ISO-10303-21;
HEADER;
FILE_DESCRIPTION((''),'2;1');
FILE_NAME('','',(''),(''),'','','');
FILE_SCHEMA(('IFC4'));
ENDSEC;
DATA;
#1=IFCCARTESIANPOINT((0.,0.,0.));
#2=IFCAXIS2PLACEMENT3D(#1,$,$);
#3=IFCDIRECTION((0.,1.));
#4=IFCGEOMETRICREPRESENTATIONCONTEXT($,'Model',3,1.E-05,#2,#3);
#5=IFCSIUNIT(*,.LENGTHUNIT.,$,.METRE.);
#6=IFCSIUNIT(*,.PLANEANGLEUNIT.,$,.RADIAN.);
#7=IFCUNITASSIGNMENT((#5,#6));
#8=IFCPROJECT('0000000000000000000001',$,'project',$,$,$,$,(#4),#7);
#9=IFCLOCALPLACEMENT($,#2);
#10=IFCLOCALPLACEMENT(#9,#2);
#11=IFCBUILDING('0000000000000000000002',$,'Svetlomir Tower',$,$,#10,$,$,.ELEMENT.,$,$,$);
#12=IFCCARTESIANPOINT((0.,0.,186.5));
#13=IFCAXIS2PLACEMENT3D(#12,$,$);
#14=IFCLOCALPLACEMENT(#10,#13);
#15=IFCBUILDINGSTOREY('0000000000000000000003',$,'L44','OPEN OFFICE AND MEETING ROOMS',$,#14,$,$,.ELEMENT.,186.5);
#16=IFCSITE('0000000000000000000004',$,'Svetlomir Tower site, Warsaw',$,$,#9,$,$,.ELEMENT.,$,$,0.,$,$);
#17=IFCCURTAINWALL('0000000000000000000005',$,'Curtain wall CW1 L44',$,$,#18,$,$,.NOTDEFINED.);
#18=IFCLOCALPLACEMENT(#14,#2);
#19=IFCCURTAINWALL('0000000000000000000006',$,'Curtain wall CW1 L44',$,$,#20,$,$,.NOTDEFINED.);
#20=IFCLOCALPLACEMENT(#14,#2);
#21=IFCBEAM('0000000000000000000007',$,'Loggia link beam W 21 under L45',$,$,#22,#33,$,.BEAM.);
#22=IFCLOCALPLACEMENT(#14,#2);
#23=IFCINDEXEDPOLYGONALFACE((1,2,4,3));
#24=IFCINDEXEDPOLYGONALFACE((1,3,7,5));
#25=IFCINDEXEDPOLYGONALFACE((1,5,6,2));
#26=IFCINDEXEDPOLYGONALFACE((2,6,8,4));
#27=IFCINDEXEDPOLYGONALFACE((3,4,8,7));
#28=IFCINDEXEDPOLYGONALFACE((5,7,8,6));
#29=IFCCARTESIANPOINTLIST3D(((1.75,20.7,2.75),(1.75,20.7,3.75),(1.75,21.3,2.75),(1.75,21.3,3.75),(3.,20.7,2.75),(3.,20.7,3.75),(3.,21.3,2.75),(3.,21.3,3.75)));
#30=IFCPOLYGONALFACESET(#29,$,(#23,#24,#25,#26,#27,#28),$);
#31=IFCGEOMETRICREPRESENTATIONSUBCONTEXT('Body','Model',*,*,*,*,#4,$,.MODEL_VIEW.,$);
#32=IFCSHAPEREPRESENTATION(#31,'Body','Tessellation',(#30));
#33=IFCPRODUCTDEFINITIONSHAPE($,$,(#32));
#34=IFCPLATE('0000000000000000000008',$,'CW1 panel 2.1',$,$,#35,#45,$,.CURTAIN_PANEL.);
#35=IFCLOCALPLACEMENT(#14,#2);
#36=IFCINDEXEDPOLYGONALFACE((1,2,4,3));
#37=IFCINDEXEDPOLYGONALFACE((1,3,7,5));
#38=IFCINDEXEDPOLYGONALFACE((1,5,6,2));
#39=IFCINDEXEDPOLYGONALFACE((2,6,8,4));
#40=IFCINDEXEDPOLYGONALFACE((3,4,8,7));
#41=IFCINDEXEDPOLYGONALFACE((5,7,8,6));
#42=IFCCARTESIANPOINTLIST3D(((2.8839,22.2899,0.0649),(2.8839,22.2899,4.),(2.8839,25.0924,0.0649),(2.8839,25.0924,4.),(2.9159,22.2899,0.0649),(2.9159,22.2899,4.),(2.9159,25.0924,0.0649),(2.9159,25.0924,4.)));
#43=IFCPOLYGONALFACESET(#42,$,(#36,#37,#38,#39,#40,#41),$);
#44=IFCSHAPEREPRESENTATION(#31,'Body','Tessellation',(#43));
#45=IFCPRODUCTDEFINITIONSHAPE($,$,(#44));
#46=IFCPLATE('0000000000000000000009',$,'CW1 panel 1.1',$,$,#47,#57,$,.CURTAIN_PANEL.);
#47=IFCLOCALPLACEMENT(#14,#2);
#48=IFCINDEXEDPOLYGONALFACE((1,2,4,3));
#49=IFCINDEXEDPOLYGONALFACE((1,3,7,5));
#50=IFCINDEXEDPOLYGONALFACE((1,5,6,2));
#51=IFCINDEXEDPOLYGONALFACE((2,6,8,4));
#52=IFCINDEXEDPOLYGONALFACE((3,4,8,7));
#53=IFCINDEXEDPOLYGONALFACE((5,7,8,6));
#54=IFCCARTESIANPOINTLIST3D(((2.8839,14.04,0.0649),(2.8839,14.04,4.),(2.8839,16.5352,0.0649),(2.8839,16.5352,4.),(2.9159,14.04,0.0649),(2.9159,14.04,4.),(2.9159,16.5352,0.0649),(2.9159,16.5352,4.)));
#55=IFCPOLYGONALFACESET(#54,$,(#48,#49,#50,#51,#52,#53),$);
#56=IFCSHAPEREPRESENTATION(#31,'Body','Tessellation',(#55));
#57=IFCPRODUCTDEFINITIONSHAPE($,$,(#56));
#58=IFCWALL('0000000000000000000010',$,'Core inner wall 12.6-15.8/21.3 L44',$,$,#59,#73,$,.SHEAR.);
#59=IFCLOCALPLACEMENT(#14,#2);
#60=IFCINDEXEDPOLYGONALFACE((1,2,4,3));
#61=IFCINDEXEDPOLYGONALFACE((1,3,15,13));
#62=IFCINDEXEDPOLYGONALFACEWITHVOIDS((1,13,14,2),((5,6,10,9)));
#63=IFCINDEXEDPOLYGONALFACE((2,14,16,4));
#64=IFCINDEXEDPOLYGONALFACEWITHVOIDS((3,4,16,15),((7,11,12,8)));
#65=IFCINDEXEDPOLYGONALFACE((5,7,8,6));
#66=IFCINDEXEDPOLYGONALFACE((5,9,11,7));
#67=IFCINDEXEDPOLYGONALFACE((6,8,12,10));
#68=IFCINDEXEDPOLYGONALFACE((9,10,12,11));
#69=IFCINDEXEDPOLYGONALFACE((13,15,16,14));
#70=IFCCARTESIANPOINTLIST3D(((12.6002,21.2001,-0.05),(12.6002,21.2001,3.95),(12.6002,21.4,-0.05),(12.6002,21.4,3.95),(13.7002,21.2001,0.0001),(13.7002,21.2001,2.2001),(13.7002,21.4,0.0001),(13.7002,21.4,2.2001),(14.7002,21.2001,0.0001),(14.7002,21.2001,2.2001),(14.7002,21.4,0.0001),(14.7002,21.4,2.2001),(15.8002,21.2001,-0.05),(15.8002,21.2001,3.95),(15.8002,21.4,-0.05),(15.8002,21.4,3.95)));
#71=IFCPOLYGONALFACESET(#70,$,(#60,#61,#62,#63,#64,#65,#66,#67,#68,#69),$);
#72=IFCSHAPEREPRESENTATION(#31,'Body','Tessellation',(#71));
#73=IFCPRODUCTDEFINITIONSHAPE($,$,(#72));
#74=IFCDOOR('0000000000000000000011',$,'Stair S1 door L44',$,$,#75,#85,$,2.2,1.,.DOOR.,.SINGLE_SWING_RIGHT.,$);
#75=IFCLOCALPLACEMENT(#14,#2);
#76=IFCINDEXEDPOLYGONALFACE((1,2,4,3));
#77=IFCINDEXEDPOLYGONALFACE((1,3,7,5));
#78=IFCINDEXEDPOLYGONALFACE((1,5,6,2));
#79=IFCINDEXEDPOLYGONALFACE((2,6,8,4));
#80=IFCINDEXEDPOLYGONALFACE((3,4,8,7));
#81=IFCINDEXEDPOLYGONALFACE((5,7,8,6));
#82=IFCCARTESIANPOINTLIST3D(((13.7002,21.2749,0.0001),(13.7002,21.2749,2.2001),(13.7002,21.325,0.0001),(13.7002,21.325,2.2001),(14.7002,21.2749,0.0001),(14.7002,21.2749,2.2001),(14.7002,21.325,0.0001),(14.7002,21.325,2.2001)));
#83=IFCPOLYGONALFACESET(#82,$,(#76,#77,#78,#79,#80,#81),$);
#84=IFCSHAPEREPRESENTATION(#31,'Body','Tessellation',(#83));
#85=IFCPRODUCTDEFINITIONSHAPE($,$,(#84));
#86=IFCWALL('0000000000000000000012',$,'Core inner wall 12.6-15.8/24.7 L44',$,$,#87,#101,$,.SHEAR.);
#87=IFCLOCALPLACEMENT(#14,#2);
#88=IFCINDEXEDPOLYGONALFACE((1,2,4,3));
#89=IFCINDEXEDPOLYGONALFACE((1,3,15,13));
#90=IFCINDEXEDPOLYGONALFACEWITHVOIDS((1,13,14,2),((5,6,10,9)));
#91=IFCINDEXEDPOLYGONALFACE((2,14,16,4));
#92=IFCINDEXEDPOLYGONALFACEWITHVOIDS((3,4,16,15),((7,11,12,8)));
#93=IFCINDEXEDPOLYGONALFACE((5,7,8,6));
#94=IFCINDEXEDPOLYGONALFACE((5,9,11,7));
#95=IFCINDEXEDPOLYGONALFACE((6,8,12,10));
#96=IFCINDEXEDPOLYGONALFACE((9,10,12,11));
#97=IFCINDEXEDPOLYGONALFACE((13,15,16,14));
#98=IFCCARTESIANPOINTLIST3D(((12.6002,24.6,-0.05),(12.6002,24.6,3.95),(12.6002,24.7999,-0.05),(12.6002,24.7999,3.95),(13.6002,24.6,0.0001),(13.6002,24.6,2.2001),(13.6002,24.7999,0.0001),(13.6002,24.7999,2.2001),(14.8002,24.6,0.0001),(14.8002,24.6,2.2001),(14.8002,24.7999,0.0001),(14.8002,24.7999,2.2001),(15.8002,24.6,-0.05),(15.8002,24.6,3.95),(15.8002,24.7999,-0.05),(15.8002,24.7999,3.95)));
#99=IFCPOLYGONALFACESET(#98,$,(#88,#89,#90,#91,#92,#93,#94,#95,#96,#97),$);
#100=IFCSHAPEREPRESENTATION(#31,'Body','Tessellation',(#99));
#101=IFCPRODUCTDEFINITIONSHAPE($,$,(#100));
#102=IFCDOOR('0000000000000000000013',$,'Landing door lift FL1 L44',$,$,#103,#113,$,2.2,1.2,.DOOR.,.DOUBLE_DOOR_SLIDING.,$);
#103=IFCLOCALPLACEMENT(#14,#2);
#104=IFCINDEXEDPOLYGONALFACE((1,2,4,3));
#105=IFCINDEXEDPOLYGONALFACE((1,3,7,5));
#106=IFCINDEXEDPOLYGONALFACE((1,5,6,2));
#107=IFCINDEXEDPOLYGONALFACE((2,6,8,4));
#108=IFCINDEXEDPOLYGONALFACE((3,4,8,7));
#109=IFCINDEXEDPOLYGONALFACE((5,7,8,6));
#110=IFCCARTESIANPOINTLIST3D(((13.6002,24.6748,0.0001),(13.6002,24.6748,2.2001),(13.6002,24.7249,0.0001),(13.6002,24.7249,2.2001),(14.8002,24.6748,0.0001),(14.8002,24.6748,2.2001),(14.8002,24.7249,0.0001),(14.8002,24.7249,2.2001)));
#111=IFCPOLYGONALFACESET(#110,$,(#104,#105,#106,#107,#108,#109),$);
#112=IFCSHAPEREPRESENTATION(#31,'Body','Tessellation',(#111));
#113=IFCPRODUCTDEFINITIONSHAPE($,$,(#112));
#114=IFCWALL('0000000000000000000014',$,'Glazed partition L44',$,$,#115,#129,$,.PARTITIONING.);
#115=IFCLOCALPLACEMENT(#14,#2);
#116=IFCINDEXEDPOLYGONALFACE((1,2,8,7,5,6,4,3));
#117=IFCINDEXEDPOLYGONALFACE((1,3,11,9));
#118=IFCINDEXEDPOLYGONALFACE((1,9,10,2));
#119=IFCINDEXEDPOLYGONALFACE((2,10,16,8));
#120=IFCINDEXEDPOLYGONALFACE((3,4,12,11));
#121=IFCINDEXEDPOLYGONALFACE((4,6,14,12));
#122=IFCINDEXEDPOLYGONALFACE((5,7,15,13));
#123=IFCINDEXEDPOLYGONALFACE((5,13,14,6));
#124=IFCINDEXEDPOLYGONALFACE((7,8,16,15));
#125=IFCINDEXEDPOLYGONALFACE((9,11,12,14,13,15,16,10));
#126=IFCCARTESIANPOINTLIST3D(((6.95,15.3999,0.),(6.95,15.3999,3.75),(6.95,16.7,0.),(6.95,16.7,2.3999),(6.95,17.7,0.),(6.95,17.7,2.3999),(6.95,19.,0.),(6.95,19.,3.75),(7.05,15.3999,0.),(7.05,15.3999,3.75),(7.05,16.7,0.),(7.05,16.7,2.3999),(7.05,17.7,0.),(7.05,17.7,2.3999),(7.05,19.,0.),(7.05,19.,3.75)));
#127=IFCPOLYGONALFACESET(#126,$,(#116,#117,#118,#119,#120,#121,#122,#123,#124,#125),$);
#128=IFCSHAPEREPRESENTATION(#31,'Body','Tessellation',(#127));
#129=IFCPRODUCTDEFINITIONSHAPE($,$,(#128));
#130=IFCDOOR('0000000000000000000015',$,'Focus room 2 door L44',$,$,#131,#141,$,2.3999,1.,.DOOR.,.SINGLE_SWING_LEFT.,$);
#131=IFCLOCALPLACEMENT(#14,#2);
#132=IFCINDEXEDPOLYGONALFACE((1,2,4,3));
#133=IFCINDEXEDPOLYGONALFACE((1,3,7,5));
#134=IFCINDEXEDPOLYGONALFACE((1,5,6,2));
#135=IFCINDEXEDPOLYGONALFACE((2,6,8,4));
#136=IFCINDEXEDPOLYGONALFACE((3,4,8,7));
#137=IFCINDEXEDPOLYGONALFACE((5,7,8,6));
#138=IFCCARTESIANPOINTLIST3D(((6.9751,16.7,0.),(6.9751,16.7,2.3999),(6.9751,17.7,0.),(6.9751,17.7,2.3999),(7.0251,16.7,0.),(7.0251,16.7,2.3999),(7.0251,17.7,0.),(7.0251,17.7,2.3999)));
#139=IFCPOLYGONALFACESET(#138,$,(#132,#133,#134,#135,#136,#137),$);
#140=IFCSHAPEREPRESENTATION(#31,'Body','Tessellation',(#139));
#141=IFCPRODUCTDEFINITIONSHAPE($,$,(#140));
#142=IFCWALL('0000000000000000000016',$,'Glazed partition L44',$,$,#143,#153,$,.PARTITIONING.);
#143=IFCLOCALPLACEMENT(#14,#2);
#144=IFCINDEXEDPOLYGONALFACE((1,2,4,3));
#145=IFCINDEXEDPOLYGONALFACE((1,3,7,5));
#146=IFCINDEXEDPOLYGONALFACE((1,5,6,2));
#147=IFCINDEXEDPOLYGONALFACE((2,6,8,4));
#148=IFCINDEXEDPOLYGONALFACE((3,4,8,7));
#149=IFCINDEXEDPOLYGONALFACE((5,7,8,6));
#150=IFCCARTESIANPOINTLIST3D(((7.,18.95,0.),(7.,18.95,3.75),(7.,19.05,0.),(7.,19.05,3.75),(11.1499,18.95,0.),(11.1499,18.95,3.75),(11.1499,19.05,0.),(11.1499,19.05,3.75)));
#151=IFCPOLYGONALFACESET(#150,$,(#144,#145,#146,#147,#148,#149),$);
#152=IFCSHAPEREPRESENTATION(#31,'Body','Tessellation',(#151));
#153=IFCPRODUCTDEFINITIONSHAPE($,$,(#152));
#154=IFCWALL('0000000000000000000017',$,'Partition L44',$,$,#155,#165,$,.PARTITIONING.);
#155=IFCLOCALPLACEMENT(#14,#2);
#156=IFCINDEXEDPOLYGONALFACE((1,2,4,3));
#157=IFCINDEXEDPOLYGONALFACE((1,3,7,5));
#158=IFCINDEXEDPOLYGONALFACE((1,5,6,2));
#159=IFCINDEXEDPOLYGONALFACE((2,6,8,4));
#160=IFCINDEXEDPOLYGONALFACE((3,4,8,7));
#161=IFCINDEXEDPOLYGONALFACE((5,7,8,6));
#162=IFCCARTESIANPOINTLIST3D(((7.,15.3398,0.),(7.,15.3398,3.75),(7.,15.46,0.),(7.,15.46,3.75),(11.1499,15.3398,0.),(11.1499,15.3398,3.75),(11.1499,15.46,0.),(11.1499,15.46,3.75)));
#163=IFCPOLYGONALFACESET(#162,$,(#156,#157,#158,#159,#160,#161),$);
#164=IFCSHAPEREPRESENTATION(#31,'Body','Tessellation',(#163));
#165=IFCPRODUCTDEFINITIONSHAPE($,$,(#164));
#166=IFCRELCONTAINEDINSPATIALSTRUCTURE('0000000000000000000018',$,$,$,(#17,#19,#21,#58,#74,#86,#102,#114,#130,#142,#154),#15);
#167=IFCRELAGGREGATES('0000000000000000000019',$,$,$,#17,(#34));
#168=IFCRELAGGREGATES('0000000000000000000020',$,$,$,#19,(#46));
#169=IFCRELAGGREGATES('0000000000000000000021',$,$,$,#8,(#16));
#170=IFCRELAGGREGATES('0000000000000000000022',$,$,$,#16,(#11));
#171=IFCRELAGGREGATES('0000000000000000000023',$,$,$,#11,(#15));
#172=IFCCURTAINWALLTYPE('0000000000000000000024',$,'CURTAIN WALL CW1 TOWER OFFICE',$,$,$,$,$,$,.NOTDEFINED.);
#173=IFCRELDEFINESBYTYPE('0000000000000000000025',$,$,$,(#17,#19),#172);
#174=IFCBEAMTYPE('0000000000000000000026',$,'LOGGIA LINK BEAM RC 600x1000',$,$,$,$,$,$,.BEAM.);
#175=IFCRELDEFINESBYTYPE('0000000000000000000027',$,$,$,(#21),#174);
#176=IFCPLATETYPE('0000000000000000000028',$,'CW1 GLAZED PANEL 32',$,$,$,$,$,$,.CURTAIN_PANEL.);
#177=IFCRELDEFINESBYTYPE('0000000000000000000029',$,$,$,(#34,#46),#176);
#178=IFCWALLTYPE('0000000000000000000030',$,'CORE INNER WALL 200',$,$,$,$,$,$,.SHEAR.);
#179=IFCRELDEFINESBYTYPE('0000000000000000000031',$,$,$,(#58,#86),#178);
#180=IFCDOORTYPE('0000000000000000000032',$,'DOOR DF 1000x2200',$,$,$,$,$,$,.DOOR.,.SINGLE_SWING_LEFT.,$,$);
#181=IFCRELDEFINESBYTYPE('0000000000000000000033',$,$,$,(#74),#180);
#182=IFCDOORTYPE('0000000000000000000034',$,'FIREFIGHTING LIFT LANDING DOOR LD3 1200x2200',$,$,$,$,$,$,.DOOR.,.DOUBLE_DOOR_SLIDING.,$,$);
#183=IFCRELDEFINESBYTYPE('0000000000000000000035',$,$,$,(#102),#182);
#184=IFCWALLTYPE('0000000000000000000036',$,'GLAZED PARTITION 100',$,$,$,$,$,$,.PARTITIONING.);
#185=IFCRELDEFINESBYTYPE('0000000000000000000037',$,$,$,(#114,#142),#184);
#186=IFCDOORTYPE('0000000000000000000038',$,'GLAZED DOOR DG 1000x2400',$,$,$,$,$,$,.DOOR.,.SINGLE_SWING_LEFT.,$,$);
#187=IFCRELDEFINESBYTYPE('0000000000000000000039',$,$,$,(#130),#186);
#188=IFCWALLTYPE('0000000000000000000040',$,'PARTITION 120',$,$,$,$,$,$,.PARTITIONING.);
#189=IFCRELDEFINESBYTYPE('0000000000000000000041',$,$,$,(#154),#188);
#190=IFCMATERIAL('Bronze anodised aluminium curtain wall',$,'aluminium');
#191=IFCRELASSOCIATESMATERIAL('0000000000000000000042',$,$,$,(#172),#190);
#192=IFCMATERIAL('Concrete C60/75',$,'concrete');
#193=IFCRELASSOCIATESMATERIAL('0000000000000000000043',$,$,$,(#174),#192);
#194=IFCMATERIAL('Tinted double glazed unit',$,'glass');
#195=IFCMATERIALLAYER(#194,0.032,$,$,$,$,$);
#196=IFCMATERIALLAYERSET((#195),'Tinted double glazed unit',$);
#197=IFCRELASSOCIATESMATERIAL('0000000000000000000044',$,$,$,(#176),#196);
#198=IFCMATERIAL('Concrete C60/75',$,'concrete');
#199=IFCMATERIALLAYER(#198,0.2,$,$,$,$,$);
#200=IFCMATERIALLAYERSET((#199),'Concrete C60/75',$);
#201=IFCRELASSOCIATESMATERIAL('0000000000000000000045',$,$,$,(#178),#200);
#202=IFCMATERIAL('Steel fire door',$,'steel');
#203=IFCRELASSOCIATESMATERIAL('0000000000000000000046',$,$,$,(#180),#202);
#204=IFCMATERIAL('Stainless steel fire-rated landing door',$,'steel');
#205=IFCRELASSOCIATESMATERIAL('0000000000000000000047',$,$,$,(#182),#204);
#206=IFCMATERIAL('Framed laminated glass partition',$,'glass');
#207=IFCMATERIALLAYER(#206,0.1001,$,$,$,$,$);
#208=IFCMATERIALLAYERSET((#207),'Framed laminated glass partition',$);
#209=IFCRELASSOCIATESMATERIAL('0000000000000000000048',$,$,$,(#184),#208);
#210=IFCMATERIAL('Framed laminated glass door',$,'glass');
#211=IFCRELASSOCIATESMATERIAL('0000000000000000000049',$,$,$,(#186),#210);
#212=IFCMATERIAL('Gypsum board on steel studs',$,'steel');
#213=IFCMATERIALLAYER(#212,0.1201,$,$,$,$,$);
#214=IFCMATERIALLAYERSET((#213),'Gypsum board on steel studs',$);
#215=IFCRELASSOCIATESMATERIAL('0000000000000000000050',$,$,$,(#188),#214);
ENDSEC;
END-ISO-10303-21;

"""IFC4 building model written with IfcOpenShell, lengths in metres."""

from ifc_helpers import new_model, si_unit, direction, frame, frame_2d, origin, origin_2d, place, context, subcontext, project, spatial, rectangle, extrude, material, layer, layer_set, material_profile, profile_set, type_object, element, fill, aggregate, save


model = new_model("IFC4")

# Units and contexts
model_context = context("Model", 3, precision=1e-05, world=origin(), true_north=direction((0.0, 1.0)))
body_context = subcontext(model_context, "Body", "Model", "MODEL_VIEW")
ifc_project = project(units=[si_unit("LENGTHUNIT", "METRE"), si_unit("PLANEANGLEUNIT", "RADIAN")], contexts=[model_context])

# Site, building, storey
site_placement = place(None, origin())
site = spatial("IfcSite", under=ifc_project, at=site_placement, Name="Svetlomir Tower site, Warsaw", CompositionType="ELEMENT", RefElevation=0.0)
building_placement = place(site_placement, origin())
building = spatial("IfcBuilding", under=site, at=building_placement, Name="Svetlomir Tower", CompositionType="ELEMENT")
storey_placement = place(building_placement, frame((0.0, 0.0, 186.5)))
storey = spatial("IfcBuildingStorey", under=building, at=storey_placement, Name="L44", Description="OPEN OFFICE AND MEETING ROOMS", CompositionType="ELEMENT", Elevation=186.5)

# Curtain wall
ifc_material_1 = material(Name="Bronze anodised aluminium curtain wall", Category="aluminium")
curtain_wall_type = type_object("IfcCurtainWallType", Name="CURTAIN WALL CW1 TOWER OFFICE", PredefinedType="NOTDEFINED", material=ifc_material_1)
curtain_wall_1_placement = place(storey_placement, origin())
curtain_wall_1 = element("IfcCurtainWall", 1, at=curtain_wall_1_placement, inside=storey, type_object=curtain_wall_type, Name="Curtain wall CW1 L44", PredefinedType="NOTDEFINED")

# Curtain wall
curtain_wall_2_placement = place(storey_placement, origin())
curtain_wall_2 = element("IfcCurtainWall", 2, at=curtain_wall_2_placement, inside=storey, type_object=curtain_wall_type, Name="Curtain wall CW1 L44", PredefinedType="NOTDEFINED")

# Beam
ifc_material_2 = material(Name="Concrete C60/75", Category="concrete")
ifc_material_profile_1 = material_profile(ifc_material_2, rectangle(XDim=0.6001, YDim=1.0, at=origin_2d()), Name="RC 600x1000")
ifc_profile_set_1 = profile_set([ifc_material_profile_1], Name="Concrete C60/75")
beam_type_1 = type_object("IfcBeamType", Name="LOGGIA LINK BEAM RC 600x1000", PredefinedType="BEAM", material=ifc_profile_set_1)
beam_1_placement = place(storey_placement, frame((1.75, 21.0, 3.25), z_axis=(1.0, 0.0, 0.0), x_axis=(0.0, 1.0, 0.0)))
element("IfcBeam", 3, at=beam_1_placement, inside=storey, type_object=beam_type_1, Name="Loggia link beam W 21 under L45", PredefinedType="BEAM", context=body_context, shape_type="SweptSolid", body=[
    extrude(rectangle(XDim=0.6001, YDim=1.0, at=origin_2d()), origin(), (0.0, 0.0, 1.0), 1.25),
])

# Plates
ifc_material_3 = material(Name="Tinted double glazed unit", Category="glass")
ifc_layer_1 = layer(ifc_material_3, 0.032)
ifc_layer_set_1 = layer_set([ifc_layer_1], Name="Tinted double glazed unit")
plate_type = type_object("IfcPlateType", Name="CW1 GLAZED PANEL 32", PredefinedType="CURTAIN_PANEL", material=ifc_layer_set_1)
plate_1_placement = place(storey_placement, frame((2.8999, 23.6912, 0.0649), z_axis=(0.0, 0.0, 1.0), x_axis=(0.0, -1.0, 0.0)))
plate_1 = element("IfcPlate", 4, at=plate_1_placement, type_object=plate_type, Name="CW1 panel 2.1", PredefinedType="CURTAIN_PANEL", context=body_context, shape_type="SweptSolid", body=[
    extrude(rectangle(XDim=2.8025, YDim=0.032, at=origin_2d()), origin(), (0.0, 0.0, 1.0), 3.9351),
])
aggregate(curtain_wall_1, [plate_1])
plate_2_placement = place(storey_placement, frame((2.8999, 15.2876, 0.0649), z_axis=(0.0, 0.0, 1.0), x_axis=(0.0, -1.0, 0.0)))
plate_2 = element("IfcPlate", 5, at=plate_2_placement, type_object=plate_type, Name="CW1 panel 1.1", PredefinedType="CURTAIN_PANEL", context=body_context, shape_type="SweptSolid", body=[
    extrude(rectangle(XDim=2.4951, YDim=0.032, at=origin_2d()), origin(), (0.0, 0.0, 1.0), 3.9351),
])
aggregate(curtain_wall_2, [plate_2])

# Walls, openings, doors
ifc_material_4 = material(Name="Concrete C60/75", Category="concrete")
ifc_layer_2 = layer(ifc_material_4, 0.2)
ifc_layer_set_2 = layer_set([ifc_layer_2], Name="Concrete C60/75")
wall_type_1 = type_object("IfcWallType", Name="CORE INNER WALL 200", PredefinedType="SHEAR", material=ifc_layer_set_2)
wall_1_placement = place(storey_placement, frame((12.6001, 21.3, -0.05), z_axis=(0.0, 0.0, 1.0), x_axis=(1.0, 0.0, 0.0)))
wall_1 = element("IfcWall", 6, at=wall_1_placement, inside=storey, type_object=wall_type_1, Name="Core inner wall 12.6-15.8/21.3 L44", PredefinedType="SHEAR", context=body_context, shape_type="SweptSolid", body=[
    extrude(rectangle(XDim=3.2, YDim=0.2, at=frame_2d((1.6001, 0.0))), origin(), (0.0, 0.0, 1.0), 4.0),
])
opening_1_placement = place(wall_1_placement, frame((1.1001, 0.0, 0.05)))
opening_1 = element("IfcOpeningElement", 7, at=opening_1_placement, cuts=wall_1, PredefinedType="OPENING", context=body_context, shape_type="SweptSolid", body=[
    extrude(rectangle(XDim=1.0, YDim=2.2, at=frame_2d((0.5, 1.1001))), frame((0.0, 0.1099, 0.0), z_axis=(0.0, -1.0, 0.0), x_axis=(1.0, 0.0, 0.0)), (0.0, 0.0, 1.0), 0.22),
])
ifc_material_5 = material(Name="Steel fire door", Category="steel")
door_type_1 = type_object("IfcDoorType", Name="DOOR DF 1000x2200", OperationType="SINGLE_SWING_LEFT", PredefinedType="DOOR", material=ifc_material_5)
door_1_placement = place(opening_1_placement, origin())
door_1 = element("IfcDoor", 8, at=door_1_placement, inside=storey, type_object=door_type_1, Name="Stair S1 door L44", OperationType="SINGLE_SWING_RIGHT", OverallHeight=2.2, OverallWidth=1.0, PredefinedType="DOOR", context=body_context, shape_type="SweptSolid", body=[
    extrude(rectangle(XDim=1.0, YDim=2.2, at=frame_2d((0.5, 1.1001))), frame((0.0, 0.0249, 0.0), z_axis=(0.0, -1.0, 0.0), x_axis=(1.0, 0.0, 0.0)), (0.0, 0.0, 1.0), 0.05),
])
fill(opening_1, door_1)
wall_2_placement = place(storey_placement, frame((12.6001, 24.7, -0.05), z_axis=(0.0, 0.0, 1.0), x_axis=(1.0, 0.0, 0.0)))
wall_2 = element("IfcWall", 9, at=wall_2_placement, inside=storey, type_object=wall_type_1, Name="Core inner wall 12.6-15.8/24.7 L44", PredefinedType="SHEAR", context=body_context, shape_type="SweptSolid", body=[
    extrude(rectangle(XDim=3.2, YDim=0.2, at=frame_2d((1.6001, 0.0))), origin(), (0.0, 0.0, 1.0), 4.0),
])
opening_2_placement = place(wall_2_placement, frame((1.0, 0.0, 0.05)))
opening_2 = element("IfcOpeningElement", 10, at=opening_2_placement, cuts=wall_2, PredefinedType="OPENING", context=body_context, shape_type="SweptSolid", body=[
    extrude(rectangle(XDim=1.2, YDim=2.2, at=frame_2d((0.6001, 1.1001))), frame((0.0, 0.1099, 0.0), z_axis=(0.0, -1.0, 0.0), x_axis=(1.0, 0.0, 0.0)), (0.0, 0.0, 1.0), 0.22),
])
ifc_material_6 = material(Name="Stainless steel fire-rated landing door", Category="steel")
door_type_2 = type_object("IfcDoorType", Name="FIREFIGHTING LIFT LANDING DOOR LD3 1200x2200", OperationType="DOUBLE_DOOR_SLIDING", PredefinedType="DOOR", material=ifc_material_6)
door_2_placement = place(opening_2_placement, origin())
door_2 = element("IfcDoor", 11, at=door_2_placement, inside=storey, type_object=door_type_2, Name="Landing door lift FL1 L44", OperationType="DOUBLE_DOOR_SLIDING", OverallHeight=2.2, OverallWidth=1.2, PredefinedType="DOOR", context=body_context, shape_type="SweptSolid", body=[
    extrude(rectangle(XDim=1.2, YDim=2.2, at=frame_2d((0.6001, 1.1001))), frame((0.0, 0.0249, 0.0), z_axis=(0.0, -1.0, 0.0), x_axis=(1.0, 0.0, 0.0)), (0.0, 0.0, 1.0), 0.05),
])
fill(opening_2, door_2)
ifc_material_7 = material(Name="Framed laminated glass partition", Category="glass")
ifc_layer_3 = layer(ifc_material_7, 0.1001)
ifc_layer_set_3 = layer_set([ifc_layer_3], Name="Framed laminated glass partition")
wall_type_2 = type_object("IfcWallType", Name="GLAZED PARTITION 100", PredefinedType="PARTITIONING", material=ifc_layer_set_3)
wall_3_placement = place(storey_placement, frame((7.0, 15.3999, 0.0), z_axis=(0.0, 0.0, 1.0), x_axis=(0.0, 1.0, 0.0)))
wall_3 = element("IfcWall", 12, at=wall_3_placement, inside=storey, type_object=wall_type_2, Name="Glazed partition L44", PredefinedType="PARTITIONING", context=body_context, shape_type="SweptSolid", body=[
    extrude(rectangle(XDim=3.6001, YDim=0.1001, at=frame_2d((1.8, 0.0))), origin(), (0.0, 0.0, 1.0), 3.75),
])
opening_3_placement = place(wall_3_placement, frame((1.3, 0.0, 0.0)))
opening_3 = element("IfcOpeningElement", 13, at=opening_3_placement, cuts=wall_3, PredefinedType="OPENING", context=body_context, shape_type="SweptSolid", body=[
    extrude(rectangle(XDim=1.0, YDim=2.3999, at=frame_2d((0.5, 1.2))), frame((0.0, 0.0601, 0.0), z_axis=(0.0, -1.0, 0.0), x_axis=(1.0, 0.0, 0.0)), (0.0, 0.0, 1.0), 0.1201),
])
ifc_material_8 = material(Name="Framed laminated glass door", Category="glass")
door_type_3 = type_object("IfcDoorType", Name="GLAZED DOOR DG 1000x2400", OperationType="SINGLE_SWING_LEFT", PredefinedType="DOOR", material=ifc_material_8)
door_3_placement = place(opening_3_placement, origin())
door_3 = element("IfcDoor", 14, at=door_3_placement, inside=storey, type_object=door_type_3, Name="Focus room 2 door L44", OperationType="SINGLE_SWING_LEFT", OverallHeight=2.3999, OverallWidth=1.0, PredefinedType="DOOR", context=body_context, shape_type="SweptSolid", body=[
    extrude(rectangle(XDim=1.0, YDim=2.3999, at=frame_2d((0.5, 1.2))), frame((0.0, 0.0249, 0.0), z_axis=(0.0, -1.0, 0.0), x_axis=(1.0, 0.0, 0.0)), (0.0, 0.0, 1.0), 0.05),
])
fill(opening_3, door_3)

# Walls
wall_4_placement = place(storey_placement, frame((7.0, 19.0, 0.0), z_axis=(0.0, 0.0, 1.0), x_axis=(1.0, 0.0, 0.0)))
element("IfcWall", 15, at=wall_4_placement, inside=storey, type_object=wall_type_2, Name="Glazed partition L44", PredefinedType="PARTITIONING", context=body_context, shape_type="SweptSolid", body=[
    extrude(rectangle(XDim=4.1499, YDim=0.1001, at=frame_2d((2.075, 0.0))), origin(), (0.0, 0.0, 1.0), 3.75),
])
ifc_material_9 = material(Name="Gypsum board on steel studs", Category="steel")
ifc_layer_4 = layer(ifc_material_9, 0.1201)
ifc_layer_set_4 = layer_set([ifc_layer_4], Name="Gypsum board on steel studs")
wall_type_3 = type_object("IfcWallType", Name="PARTITION 120", PredefinedType="PARTITIONING", material=ifc_layer_set_4)
wall_5_placement = place(storey_placement, frame((7.0, 15.3999, 0.0), z_axis=(0.0, 0.0, 1.0), x_axis=(1.0, 0.0, 0.0)))
element("IfcWall", 16, at=wall_5_placement, inside=storey, type_object=wall_type_3, Name="Partition L44", PredefinedType="PARTITIONING", context=body_context, shape_type="SweptSolid", body=[
    extrude(rectangle(XDim=4.1499, YDim=0.1201, at=frame_2d((2.075, 0.0))), origin(), (0.0, 0.0, 1.0), 3.75),
])

save(model, "model.ifc")
